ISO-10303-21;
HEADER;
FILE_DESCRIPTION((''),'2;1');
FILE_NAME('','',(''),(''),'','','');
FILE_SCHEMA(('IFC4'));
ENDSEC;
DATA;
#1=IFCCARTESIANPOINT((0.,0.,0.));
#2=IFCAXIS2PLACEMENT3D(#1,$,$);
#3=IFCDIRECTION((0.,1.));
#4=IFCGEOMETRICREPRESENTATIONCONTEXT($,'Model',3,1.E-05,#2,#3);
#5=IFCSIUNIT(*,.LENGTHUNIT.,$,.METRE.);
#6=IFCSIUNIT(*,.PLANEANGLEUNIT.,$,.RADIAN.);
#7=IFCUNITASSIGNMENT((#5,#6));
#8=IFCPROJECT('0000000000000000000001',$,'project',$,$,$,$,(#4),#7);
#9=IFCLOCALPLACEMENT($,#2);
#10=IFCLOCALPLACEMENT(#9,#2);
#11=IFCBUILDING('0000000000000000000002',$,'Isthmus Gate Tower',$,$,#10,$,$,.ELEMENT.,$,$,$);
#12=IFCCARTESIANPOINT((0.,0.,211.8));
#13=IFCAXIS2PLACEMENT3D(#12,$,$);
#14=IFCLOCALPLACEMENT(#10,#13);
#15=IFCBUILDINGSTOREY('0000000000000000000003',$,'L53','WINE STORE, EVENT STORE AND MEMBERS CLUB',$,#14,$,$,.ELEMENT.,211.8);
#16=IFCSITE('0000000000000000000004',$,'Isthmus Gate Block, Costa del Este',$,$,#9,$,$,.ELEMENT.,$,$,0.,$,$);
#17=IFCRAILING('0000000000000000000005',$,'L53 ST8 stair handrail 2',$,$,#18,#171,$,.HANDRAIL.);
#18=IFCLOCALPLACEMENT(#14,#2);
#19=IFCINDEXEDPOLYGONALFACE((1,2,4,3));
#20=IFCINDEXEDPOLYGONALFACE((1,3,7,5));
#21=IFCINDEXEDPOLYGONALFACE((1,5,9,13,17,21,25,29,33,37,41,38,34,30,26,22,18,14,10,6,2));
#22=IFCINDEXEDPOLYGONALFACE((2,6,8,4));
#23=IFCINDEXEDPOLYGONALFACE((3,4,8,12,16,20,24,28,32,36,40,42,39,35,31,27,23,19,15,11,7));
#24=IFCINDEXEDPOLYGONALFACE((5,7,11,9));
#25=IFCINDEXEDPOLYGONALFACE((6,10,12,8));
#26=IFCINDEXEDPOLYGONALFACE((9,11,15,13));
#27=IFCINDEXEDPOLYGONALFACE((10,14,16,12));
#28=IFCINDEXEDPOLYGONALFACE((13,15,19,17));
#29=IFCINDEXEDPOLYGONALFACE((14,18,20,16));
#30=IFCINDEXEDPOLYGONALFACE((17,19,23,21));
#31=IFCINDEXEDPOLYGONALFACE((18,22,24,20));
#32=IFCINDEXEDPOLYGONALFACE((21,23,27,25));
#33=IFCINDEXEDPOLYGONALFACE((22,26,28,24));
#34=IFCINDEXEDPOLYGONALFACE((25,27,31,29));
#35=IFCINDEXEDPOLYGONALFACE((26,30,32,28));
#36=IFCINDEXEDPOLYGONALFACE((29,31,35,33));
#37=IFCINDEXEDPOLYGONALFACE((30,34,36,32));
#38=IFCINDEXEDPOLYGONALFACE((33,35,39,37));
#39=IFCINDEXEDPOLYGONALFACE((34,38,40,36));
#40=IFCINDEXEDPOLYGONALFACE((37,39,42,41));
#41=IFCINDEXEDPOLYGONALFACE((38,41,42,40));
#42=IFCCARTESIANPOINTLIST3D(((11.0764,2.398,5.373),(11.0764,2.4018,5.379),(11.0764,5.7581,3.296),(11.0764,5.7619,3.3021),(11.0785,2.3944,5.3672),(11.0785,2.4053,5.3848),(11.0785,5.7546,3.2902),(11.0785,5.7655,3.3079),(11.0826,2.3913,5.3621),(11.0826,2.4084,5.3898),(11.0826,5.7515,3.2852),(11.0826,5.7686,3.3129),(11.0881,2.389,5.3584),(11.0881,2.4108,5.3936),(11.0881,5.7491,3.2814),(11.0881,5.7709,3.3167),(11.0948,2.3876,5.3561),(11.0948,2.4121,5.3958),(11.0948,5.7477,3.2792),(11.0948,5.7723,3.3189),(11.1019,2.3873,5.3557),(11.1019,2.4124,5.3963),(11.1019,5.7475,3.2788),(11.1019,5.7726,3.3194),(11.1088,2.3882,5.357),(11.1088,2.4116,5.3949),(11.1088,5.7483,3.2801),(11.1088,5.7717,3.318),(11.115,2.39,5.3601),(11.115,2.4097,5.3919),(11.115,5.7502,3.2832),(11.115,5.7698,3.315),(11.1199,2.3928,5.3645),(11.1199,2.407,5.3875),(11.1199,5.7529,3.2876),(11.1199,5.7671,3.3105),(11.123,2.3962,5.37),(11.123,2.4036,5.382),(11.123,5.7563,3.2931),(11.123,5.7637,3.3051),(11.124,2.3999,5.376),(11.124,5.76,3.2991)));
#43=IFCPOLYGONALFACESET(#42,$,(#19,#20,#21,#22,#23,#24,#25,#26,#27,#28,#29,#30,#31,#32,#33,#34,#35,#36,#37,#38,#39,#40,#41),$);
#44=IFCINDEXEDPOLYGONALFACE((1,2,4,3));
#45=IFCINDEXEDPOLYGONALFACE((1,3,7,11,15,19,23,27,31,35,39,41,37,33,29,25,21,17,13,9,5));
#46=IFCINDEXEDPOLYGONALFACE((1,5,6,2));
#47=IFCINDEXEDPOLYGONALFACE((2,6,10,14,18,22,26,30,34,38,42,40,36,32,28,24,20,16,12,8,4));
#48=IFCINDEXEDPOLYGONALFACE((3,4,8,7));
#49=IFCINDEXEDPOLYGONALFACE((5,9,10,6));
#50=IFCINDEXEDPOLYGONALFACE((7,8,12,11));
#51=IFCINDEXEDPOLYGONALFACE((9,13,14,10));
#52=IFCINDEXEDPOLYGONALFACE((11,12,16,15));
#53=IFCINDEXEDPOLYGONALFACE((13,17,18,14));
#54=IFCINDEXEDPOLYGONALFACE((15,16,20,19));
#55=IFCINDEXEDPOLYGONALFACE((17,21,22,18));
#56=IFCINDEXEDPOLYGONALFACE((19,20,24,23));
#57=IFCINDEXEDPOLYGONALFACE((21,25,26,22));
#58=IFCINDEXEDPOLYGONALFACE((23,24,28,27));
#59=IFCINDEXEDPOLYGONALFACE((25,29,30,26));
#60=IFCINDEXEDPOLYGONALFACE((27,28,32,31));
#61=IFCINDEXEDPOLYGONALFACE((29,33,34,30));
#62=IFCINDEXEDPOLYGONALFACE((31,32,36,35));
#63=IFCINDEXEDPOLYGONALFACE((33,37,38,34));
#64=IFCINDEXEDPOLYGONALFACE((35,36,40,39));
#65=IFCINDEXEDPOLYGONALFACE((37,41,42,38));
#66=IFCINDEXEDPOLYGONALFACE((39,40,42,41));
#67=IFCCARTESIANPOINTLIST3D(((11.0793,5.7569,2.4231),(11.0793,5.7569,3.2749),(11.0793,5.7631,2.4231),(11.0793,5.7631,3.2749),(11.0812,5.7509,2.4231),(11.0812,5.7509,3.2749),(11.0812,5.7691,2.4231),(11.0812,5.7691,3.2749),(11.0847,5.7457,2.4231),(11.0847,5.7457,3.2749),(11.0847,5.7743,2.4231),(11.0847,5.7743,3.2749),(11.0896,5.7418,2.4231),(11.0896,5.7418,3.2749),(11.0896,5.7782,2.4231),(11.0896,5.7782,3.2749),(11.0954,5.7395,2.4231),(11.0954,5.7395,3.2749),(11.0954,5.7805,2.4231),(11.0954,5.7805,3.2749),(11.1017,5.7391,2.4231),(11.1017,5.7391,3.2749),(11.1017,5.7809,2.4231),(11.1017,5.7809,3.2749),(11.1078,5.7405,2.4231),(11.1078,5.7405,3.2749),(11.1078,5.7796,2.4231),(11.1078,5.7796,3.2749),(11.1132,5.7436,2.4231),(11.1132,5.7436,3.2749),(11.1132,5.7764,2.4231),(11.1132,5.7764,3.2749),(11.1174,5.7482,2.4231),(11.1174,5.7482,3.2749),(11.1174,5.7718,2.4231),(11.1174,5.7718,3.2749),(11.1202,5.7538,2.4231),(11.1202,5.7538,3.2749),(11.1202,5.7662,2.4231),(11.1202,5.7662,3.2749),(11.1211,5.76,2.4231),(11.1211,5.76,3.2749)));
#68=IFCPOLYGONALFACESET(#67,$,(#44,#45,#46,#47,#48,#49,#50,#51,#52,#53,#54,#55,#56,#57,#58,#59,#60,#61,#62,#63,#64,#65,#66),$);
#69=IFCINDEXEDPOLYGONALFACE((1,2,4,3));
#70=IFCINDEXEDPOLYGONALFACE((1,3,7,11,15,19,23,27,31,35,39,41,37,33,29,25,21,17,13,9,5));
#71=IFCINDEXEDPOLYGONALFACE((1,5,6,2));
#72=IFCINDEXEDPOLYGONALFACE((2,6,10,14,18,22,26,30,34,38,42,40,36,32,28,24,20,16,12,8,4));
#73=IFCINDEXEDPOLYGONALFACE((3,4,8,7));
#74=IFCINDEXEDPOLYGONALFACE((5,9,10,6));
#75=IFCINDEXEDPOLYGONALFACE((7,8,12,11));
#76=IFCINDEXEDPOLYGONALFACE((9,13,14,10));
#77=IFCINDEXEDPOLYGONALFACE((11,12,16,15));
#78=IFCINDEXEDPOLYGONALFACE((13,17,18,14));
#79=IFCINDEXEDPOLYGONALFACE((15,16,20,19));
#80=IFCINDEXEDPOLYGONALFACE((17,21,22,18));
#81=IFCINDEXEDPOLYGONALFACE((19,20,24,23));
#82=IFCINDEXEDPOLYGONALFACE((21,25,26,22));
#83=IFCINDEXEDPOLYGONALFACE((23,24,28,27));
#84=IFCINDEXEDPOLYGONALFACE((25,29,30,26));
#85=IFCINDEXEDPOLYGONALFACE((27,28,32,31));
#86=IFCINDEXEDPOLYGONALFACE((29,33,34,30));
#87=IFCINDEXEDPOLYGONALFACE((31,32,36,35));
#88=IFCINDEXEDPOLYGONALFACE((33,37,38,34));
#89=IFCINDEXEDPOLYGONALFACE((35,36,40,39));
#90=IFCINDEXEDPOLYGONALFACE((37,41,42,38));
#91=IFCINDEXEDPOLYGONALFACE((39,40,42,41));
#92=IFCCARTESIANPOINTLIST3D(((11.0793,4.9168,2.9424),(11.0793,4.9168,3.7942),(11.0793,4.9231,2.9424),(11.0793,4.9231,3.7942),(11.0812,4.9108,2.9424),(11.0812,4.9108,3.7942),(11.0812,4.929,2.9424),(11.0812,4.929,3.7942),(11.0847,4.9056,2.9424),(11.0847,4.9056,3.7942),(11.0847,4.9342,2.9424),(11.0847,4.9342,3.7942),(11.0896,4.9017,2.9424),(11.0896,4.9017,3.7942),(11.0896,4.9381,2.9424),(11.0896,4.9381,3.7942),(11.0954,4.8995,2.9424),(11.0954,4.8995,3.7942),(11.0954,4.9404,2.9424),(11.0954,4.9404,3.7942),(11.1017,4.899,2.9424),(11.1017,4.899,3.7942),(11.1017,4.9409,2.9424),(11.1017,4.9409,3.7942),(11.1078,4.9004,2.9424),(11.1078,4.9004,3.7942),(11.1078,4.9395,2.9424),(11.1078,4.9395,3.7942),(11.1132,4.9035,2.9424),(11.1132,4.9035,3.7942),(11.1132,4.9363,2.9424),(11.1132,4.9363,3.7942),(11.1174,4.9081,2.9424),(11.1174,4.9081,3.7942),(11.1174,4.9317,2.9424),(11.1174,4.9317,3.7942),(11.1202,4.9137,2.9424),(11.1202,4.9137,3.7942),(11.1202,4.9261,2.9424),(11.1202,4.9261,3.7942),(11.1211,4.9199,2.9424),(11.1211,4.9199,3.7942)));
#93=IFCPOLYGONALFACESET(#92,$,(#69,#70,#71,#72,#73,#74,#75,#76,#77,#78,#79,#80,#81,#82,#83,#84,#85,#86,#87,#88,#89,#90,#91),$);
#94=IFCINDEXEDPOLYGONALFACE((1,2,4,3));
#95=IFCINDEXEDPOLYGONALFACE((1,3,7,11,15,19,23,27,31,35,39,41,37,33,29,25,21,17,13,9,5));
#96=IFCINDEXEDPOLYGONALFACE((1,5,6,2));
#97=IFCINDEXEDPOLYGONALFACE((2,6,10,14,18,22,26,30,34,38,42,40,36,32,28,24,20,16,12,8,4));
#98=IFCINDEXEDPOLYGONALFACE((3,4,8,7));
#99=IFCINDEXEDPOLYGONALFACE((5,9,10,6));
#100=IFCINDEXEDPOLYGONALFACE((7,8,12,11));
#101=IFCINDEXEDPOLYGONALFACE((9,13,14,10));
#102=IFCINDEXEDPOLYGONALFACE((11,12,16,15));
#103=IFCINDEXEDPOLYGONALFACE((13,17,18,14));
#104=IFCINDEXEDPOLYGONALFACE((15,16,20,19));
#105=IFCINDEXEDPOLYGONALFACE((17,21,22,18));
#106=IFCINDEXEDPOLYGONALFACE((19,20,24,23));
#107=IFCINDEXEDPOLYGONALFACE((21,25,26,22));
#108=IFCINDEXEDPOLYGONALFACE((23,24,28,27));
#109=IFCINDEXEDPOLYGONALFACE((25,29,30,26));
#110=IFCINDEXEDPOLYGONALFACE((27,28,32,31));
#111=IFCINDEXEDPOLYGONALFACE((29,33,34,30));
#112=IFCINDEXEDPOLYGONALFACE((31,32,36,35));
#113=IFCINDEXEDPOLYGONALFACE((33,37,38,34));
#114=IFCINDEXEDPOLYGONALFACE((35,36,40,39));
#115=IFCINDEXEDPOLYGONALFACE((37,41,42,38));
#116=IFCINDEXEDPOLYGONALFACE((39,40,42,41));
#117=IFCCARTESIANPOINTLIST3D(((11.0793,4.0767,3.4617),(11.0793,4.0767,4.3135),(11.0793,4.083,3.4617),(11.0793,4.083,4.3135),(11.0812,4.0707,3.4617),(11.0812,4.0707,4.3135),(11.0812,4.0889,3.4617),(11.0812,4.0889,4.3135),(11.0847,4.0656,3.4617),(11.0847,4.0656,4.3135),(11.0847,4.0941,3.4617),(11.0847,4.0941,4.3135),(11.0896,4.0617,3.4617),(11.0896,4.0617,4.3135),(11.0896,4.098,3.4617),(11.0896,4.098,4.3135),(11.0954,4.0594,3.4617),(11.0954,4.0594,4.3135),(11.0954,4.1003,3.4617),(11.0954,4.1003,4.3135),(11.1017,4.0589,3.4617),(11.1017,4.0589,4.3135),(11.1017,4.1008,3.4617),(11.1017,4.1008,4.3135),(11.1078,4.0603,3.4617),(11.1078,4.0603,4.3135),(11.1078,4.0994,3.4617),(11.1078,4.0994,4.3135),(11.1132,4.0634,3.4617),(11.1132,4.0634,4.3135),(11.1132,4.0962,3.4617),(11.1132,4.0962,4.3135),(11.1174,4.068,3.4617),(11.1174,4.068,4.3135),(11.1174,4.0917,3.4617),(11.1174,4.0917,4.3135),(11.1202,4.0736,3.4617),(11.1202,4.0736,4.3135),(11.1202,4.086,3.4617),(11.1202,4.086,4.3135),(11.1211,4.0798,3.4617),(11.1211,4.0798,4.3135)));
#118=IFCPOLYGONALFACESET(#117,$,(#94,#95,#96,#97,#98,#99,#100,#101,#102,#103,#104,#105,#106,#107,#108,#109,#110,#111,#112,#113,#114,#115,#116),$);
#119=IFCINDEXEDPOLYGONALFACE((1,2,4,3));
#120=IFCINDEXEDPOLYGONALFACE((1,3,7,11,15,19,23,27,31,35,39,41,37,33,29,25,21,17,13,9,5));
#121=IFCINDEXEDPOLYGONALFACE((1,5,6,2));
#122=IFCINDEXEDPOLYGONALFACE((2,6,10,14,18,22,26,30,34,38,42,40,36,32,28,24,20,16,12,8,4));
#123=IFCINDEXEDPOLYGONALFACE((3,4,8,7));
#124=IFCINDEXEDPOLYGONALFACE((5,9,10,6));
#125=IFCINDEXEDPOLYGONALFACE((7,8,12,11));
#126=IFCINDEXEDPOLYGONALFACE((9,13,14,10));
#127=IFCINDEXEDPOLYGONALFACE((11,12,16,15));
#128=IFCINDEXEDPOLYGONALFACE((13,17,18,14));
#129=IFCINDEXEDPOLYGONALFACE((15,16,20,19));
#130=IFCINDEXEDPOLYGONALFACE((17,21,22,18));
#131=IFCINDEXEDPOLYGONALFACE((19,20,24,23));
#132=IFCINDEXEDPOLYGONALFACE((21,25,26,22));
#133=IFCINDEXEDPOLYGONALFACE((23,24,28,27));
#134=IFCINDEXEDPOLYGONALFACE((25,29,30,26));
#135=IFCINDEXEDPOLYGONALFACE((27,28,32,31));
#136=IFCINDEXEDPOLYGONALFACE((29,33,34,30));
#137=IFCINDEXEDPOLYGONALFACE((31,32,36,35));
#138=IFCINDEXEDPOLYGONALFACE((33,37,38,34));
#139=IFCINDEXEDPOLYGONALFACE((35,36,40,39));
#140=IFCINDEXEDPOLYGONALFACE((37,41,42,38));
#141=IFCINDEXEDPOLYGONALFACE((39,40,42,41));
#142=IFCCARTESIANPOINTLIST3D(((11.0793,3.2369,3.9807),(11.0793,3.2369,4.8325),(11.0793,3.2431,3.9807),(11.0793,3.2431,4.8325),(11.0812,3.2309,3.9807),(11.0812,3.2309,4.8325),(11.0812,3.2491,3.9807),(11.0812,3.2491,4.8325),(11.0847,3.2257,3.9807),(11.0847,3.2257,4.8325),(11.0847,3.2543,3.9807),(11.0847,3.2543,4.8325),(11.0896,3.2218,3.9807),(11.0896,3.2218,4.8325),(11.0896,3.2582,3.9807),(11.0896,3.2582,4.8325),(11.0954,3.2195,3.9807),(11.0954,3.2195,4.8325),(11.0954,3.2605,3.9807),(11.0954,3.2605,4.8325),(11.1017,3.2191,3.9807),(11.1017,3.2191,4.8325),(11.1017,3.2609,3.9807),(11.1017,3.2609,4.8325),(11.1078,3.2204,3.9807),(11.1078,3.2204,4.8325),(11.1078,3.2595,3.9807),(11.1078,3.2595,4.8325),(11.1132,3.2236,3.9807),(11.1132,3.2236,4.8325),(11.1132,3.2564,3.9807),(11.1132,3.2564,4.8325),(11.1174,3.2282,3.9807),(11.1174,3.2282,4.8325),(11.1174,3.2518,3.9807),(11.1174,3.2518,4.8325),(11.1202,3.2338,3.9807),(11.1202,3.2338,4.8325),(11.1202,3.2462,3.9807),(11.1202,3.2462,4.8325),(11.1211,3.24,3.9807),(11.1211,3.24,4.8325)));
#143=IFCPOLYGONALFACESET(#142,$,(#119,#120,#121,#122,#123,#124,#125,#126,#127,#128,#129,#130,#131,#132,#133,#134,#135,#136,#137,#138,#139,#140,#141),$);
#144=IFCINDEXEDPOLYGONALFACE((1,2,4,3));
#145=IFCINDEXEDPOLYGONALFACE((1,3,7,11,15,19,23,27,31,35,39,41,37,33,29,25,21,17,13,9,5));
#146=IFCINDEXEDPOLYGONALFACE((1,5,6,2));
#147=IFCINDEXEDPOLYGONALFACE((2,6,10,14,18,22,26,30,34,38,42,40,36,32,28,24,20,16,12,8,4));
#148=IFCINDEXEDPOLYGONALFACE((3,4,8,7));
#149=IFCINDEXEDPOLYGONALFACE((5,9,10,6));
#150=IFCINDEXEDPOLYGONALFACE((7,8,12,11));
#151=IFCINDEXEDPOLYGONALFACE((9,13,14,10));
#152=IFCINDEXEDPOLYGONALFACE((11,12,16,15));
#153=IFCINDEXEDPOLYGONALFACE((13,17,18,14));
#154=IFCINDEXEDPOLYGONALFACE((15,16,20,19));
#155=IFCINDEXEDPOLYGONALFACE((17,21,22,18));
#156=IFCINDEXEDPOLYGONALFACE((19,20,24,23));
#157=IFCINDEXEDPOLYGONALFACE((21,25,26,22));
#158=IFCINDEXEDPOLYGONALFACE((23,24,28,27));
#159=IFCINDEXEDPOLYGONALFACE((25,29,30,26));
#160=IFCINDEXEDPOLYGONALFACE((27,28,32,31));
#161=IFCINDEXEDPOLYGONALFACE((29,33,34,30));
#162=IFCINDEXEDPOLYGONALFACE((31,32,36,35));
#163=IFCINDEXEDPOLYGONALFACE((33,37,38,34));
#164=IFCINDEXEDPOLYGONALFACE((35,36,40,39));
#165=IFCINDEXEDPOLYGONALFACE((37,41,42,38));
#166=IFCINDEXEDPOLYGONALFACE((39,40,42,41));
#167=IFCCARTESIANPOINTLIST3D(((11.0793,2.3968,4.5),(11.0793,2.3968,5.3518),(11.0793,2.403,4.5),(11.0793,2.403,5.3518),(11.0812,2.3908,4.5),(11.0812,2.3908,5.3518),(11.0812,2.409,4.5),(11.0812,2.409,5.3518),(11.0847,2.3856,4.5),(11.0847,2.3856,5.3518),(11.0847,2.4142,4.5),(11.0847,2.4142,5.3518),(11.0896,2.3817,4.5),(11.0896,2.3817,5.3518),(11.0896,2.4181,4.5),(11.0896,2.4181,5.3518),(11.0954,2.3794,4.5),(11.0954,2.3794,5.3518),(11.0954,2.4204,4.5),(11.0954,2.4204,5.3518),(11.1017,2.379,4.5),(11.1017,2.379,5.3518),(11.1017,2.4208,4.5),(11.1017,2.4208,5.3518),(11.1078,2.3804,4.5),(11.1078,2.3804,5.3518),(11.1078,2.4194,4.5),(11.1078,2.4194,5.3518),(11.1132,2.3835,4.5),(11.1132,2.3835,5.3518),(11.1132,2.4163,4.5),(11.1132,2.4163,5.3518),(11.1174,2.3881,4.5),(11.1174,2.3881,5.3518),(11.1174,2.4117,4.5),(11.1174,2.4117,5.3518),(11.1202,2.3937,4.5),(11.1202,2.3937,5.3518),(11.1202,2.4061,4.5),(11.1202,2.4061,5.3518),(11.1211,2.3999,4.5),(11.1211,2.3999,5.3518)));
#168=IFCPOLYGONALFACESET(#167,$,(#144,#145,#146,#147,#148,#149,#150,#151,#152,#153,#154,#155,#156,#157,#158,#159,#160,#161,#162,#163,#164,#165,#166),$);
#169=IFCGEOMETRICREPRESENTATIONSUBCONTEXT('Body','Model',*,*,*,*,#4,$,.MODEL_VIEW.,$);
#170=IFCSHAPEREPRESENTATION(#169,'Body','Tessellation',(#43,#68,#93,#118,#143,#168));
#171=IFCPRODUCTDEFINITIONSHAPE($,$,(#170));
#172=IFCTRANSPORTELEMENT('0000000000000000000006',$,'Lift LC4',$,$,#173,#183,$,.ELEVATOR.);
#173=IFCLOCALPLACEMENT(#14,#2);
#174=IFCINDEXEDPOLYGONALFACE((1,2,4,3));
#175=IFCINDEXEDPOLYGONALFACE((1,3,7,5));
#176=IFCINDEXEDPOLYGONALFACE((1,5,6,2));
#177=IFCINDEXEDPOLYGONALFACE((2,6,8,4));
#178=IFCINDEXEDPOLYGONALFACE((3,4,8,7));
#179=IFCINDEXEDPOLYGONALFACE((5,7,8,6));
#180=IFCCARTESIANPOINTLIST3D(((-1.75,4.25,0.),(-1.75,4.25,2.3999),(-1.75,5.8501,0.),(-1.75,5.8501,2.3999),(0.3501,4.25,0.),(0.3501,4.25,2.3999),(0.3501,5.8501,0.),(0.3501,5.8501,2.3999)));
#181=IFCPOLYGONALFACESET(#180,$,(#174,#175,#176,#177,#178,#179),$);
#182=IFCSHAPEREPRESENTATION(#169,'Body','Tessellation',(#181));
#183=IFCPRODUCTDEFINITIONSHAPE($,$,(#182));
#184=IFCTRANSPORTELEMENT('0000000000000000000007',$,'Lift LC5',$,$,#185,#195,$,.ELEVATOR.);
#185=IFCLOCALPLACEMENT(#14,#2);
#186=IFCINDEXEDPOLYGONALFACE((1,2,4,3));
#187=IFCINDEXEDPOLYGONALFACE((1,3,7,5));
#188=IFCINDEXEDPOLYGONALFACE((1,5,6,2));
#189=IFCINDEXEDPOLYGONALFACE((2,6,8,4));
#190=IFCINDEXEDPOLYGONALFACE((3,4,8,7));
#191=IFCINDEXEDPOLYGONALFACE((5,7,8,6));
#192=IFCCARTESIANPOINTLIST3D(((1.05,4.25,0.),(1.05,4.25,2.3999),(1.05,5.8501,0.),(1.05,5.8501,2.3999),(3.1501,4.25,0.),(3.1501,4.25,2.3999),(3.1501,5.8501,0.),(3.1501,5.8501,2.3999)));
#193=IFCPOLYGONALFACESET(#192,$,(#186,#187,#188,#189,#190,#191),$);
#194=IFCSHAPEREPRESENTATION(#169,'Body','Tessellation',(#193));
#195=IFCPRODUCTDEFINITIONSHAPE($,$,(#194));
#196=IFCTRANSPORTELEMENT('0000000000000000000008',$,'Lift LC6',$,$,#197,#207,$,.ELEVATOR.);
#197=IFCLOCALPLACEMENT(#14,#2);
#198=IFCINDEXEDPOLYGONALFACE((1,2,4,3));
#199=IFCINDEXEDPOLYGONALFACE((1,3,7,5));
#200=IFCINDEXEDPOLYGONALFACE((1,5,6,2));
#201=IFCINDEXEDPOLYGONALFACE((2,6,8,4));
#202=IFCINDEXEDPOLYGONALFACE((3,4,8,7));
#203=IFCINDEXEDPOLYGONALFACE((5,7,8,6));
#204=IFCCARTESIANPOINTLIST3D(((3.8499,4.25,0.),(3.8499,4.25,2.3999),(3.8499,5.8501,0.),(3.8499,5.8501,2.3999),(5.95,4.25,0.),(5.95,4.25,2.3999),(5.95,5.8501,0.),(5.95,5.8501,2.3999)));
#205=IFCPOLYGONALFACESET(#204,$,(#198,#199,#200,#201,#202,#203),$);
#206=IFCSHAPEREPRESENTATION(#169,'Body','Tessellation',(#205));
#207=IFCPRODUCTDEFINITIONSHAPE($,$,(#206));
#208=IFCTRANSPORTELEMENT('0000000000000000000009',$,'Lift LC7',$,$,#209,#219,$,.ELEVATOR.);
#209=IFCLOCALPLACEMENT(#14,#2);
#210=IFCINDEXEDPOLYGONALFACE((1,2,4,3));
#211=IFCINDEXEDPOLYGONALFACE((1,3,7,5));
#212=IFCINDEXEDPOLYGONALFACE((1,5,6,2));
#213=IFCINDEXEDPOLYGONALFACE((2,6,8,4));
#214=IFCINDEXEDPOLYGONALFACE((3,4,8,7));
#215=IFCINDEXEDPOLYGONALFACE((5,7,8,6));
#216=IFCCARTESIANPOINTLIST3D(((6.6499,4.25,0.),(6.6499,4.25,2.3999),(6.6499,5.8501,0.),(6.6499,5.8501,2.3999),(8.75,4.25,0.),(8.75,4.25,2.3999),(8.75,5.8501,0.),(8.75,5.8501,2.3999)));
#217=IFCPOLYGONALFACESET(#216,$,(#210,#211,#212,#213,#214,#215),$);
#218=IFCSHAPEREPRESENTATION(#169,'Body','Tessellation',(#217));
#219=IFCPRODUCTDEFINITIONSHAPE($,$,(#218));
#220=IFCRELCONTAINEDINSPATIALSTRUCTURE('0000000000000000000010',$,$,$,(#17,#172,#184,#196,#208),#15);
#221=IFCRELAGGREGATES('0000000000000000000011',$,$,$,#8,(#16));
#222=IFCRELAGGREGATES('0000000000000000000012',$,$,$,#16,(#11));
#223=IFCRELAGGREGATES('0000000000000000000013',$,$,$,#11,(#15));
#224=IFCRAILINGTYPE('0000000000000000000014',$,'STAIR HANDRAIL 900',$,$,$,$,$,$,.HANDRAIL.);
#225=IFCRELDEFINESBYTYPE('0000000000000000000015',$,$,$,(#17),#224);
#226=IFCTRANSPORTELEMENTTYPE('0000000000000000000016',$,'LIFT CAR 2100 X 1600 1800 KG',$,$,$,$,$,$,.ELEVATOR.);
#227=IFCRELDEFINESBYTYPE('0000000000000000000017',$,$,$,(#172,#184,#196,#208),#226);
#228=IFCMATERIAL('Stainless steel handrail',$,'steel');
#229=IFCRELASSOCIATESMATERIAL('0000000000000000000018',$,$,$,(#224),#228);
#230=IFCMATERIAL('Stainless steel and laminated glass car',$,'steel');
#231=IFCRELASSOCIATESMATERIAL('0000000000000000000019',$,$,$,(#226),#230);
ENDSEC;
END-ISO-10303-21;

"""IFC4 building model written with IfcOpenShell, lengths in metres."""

from ifc_helpers import new_model, si_unit, direction, frame, origin, origin_2d, place, context, subcontext, project, spatial, rectangle, circle, extrude, material, type_object, element, save


model = new_model("IFC4")

# Units and contexts
model_context = context("Model", 3, precision=1e-05, world=origin(), true_north=direction((0.0, 1.0)))
body_context = subcontext(model_context, "Body", "Model", "MODEL_VIEW")
ifc_project = project(units=[si_unit("LENGTHUNIT", "METRE"), si_unit("PLANEANGLEUNIT", "RADIAN")], contexts=[model_context])

# Site, building, storey
site_placement = place(None, origin())
site = spatial("IfcSite", under=ifc_project, at=site_placement, Name="Isthmus Gate Block, Costa del Este", CompositionType="ELEMENT", RefElevation=0.0)
building_placement = place(site_placement, origin())
building = spatial("IfcBuilding", under=site, at=building_placement, Name="Isthmus Gate Tower", CompositionType="ELEMENT")
storey_placement = place(building_placement, frame((0.0, 0.0, 211.8)))
storey = spatial("IfcBuildingStorey", under=building, at=storey_placement, Name="L53", Description="WINE STORE, EVENT STORE AND MEMBERS CLUB", CompositionType="ELEMENT", Elevation=211.8)

# Railing
ifc_material_1 = material(Name="Stainless steel handrail", Category="steel")
railing_type_1 = type_object("IfcRailingType", Name="STAIR HANDRAIL 900", PredefinedType="HANDRAIL", material=ifc_material_1)
railing_1_placement = place(storey_placement, frame((11.1001, 5.76, 2.4231)))
element("IfcRailing", 1, at=railing_1_placement, inside=storey, type_object=railing_type_1, Name="L53 ST8 stair handrail 2", PredefinedType="HANDRAIL", context=body_context, shape_type="SweptSolid", body=[
    extrude(circle(Radius=0.0239, at=origin_2d()), frame((0.0, 0.0, 0.876), z_axis=(0.0, -0.850623, 0.525776), x_axis=(1.0, 0.0, 0.0)), (0.0, 0.0, 1.0), 3.9502),
    extrude(circle(Radius=0.021, at=origin_2d()), origin(), (0.0, 0.0, 1.0), 0.8518),
    extrude(circle(Radius=0.021, at=origin_2d()), frame((0.0, -0.8401, 0.5193)), (0.0, 0.0, 1.0), 0.8518),
    extrude(circle(Radius=0.021, at=origin_2d()), frame((0.0, -1.6802, 1.0386)), (0.0, 0.0, 1.0), 0.8518),
    extrude(circle(Radius=0.021, at=origin_2d()), frame((0.0, -2.52, 1.5576)), (0.0, 0.0, 1.0), 0.8518),
    extrude(circle(Radius=0.021, at=origin_2d()), frame((0.0, -3.3601, 2.0769)), (0.0, 0.0, 1.0), 0.8518),
])

# Transport elements
ifc_material_2 = material(Name="Stainless steel and laminated glass car", Category="steel")
transport_element_type = type_object("IfcTransportElementType", Name="LIFT CAR 2100 X 1600 1800 KG", PredefinedType="ELEVATOR", material=ifc_material_2)
for number, where, z_axis, x_axis, name in (
    (2, (-0.7, 5.05, 0.0), (0.0, 0.0, 1.0), (1.0, 0.0, 0.0), "Lift LC4"),
    (3, (2.1001, 5.05, 0.0), (0.0, 0.0, 1.0), (1.0, 0.0, 0.0), "Lift LC5"),
    (4, (4.8999, 5.05, 0.0), (0.0, 0.0, 1.0), (1.0, 0.0, 0.0), "Lift LC6"),
    (5, (7.7, 5.05, 0.0), (0.0, 0.0, 1.0), (1.0, 0.0, 0.0), "Lift LC7"),
):
    element("IfcTransportElement", number, at=place(storey_placement, frame(where, z_axis=z_axis, x_axis=x_axis)), inside=storey, type_object=transport_element_type, Name=name, PredefinedType="ELEVATOR", context=body_context, shape_type="SweptSolid", body=[
        extrude(rectangle(XDim=2.1001, YDim=1.6001, at=origin_2d()), origin(), (0.0, 0.0, 1.0), 2.3999),
    ])

save(model, "model.ifc")
